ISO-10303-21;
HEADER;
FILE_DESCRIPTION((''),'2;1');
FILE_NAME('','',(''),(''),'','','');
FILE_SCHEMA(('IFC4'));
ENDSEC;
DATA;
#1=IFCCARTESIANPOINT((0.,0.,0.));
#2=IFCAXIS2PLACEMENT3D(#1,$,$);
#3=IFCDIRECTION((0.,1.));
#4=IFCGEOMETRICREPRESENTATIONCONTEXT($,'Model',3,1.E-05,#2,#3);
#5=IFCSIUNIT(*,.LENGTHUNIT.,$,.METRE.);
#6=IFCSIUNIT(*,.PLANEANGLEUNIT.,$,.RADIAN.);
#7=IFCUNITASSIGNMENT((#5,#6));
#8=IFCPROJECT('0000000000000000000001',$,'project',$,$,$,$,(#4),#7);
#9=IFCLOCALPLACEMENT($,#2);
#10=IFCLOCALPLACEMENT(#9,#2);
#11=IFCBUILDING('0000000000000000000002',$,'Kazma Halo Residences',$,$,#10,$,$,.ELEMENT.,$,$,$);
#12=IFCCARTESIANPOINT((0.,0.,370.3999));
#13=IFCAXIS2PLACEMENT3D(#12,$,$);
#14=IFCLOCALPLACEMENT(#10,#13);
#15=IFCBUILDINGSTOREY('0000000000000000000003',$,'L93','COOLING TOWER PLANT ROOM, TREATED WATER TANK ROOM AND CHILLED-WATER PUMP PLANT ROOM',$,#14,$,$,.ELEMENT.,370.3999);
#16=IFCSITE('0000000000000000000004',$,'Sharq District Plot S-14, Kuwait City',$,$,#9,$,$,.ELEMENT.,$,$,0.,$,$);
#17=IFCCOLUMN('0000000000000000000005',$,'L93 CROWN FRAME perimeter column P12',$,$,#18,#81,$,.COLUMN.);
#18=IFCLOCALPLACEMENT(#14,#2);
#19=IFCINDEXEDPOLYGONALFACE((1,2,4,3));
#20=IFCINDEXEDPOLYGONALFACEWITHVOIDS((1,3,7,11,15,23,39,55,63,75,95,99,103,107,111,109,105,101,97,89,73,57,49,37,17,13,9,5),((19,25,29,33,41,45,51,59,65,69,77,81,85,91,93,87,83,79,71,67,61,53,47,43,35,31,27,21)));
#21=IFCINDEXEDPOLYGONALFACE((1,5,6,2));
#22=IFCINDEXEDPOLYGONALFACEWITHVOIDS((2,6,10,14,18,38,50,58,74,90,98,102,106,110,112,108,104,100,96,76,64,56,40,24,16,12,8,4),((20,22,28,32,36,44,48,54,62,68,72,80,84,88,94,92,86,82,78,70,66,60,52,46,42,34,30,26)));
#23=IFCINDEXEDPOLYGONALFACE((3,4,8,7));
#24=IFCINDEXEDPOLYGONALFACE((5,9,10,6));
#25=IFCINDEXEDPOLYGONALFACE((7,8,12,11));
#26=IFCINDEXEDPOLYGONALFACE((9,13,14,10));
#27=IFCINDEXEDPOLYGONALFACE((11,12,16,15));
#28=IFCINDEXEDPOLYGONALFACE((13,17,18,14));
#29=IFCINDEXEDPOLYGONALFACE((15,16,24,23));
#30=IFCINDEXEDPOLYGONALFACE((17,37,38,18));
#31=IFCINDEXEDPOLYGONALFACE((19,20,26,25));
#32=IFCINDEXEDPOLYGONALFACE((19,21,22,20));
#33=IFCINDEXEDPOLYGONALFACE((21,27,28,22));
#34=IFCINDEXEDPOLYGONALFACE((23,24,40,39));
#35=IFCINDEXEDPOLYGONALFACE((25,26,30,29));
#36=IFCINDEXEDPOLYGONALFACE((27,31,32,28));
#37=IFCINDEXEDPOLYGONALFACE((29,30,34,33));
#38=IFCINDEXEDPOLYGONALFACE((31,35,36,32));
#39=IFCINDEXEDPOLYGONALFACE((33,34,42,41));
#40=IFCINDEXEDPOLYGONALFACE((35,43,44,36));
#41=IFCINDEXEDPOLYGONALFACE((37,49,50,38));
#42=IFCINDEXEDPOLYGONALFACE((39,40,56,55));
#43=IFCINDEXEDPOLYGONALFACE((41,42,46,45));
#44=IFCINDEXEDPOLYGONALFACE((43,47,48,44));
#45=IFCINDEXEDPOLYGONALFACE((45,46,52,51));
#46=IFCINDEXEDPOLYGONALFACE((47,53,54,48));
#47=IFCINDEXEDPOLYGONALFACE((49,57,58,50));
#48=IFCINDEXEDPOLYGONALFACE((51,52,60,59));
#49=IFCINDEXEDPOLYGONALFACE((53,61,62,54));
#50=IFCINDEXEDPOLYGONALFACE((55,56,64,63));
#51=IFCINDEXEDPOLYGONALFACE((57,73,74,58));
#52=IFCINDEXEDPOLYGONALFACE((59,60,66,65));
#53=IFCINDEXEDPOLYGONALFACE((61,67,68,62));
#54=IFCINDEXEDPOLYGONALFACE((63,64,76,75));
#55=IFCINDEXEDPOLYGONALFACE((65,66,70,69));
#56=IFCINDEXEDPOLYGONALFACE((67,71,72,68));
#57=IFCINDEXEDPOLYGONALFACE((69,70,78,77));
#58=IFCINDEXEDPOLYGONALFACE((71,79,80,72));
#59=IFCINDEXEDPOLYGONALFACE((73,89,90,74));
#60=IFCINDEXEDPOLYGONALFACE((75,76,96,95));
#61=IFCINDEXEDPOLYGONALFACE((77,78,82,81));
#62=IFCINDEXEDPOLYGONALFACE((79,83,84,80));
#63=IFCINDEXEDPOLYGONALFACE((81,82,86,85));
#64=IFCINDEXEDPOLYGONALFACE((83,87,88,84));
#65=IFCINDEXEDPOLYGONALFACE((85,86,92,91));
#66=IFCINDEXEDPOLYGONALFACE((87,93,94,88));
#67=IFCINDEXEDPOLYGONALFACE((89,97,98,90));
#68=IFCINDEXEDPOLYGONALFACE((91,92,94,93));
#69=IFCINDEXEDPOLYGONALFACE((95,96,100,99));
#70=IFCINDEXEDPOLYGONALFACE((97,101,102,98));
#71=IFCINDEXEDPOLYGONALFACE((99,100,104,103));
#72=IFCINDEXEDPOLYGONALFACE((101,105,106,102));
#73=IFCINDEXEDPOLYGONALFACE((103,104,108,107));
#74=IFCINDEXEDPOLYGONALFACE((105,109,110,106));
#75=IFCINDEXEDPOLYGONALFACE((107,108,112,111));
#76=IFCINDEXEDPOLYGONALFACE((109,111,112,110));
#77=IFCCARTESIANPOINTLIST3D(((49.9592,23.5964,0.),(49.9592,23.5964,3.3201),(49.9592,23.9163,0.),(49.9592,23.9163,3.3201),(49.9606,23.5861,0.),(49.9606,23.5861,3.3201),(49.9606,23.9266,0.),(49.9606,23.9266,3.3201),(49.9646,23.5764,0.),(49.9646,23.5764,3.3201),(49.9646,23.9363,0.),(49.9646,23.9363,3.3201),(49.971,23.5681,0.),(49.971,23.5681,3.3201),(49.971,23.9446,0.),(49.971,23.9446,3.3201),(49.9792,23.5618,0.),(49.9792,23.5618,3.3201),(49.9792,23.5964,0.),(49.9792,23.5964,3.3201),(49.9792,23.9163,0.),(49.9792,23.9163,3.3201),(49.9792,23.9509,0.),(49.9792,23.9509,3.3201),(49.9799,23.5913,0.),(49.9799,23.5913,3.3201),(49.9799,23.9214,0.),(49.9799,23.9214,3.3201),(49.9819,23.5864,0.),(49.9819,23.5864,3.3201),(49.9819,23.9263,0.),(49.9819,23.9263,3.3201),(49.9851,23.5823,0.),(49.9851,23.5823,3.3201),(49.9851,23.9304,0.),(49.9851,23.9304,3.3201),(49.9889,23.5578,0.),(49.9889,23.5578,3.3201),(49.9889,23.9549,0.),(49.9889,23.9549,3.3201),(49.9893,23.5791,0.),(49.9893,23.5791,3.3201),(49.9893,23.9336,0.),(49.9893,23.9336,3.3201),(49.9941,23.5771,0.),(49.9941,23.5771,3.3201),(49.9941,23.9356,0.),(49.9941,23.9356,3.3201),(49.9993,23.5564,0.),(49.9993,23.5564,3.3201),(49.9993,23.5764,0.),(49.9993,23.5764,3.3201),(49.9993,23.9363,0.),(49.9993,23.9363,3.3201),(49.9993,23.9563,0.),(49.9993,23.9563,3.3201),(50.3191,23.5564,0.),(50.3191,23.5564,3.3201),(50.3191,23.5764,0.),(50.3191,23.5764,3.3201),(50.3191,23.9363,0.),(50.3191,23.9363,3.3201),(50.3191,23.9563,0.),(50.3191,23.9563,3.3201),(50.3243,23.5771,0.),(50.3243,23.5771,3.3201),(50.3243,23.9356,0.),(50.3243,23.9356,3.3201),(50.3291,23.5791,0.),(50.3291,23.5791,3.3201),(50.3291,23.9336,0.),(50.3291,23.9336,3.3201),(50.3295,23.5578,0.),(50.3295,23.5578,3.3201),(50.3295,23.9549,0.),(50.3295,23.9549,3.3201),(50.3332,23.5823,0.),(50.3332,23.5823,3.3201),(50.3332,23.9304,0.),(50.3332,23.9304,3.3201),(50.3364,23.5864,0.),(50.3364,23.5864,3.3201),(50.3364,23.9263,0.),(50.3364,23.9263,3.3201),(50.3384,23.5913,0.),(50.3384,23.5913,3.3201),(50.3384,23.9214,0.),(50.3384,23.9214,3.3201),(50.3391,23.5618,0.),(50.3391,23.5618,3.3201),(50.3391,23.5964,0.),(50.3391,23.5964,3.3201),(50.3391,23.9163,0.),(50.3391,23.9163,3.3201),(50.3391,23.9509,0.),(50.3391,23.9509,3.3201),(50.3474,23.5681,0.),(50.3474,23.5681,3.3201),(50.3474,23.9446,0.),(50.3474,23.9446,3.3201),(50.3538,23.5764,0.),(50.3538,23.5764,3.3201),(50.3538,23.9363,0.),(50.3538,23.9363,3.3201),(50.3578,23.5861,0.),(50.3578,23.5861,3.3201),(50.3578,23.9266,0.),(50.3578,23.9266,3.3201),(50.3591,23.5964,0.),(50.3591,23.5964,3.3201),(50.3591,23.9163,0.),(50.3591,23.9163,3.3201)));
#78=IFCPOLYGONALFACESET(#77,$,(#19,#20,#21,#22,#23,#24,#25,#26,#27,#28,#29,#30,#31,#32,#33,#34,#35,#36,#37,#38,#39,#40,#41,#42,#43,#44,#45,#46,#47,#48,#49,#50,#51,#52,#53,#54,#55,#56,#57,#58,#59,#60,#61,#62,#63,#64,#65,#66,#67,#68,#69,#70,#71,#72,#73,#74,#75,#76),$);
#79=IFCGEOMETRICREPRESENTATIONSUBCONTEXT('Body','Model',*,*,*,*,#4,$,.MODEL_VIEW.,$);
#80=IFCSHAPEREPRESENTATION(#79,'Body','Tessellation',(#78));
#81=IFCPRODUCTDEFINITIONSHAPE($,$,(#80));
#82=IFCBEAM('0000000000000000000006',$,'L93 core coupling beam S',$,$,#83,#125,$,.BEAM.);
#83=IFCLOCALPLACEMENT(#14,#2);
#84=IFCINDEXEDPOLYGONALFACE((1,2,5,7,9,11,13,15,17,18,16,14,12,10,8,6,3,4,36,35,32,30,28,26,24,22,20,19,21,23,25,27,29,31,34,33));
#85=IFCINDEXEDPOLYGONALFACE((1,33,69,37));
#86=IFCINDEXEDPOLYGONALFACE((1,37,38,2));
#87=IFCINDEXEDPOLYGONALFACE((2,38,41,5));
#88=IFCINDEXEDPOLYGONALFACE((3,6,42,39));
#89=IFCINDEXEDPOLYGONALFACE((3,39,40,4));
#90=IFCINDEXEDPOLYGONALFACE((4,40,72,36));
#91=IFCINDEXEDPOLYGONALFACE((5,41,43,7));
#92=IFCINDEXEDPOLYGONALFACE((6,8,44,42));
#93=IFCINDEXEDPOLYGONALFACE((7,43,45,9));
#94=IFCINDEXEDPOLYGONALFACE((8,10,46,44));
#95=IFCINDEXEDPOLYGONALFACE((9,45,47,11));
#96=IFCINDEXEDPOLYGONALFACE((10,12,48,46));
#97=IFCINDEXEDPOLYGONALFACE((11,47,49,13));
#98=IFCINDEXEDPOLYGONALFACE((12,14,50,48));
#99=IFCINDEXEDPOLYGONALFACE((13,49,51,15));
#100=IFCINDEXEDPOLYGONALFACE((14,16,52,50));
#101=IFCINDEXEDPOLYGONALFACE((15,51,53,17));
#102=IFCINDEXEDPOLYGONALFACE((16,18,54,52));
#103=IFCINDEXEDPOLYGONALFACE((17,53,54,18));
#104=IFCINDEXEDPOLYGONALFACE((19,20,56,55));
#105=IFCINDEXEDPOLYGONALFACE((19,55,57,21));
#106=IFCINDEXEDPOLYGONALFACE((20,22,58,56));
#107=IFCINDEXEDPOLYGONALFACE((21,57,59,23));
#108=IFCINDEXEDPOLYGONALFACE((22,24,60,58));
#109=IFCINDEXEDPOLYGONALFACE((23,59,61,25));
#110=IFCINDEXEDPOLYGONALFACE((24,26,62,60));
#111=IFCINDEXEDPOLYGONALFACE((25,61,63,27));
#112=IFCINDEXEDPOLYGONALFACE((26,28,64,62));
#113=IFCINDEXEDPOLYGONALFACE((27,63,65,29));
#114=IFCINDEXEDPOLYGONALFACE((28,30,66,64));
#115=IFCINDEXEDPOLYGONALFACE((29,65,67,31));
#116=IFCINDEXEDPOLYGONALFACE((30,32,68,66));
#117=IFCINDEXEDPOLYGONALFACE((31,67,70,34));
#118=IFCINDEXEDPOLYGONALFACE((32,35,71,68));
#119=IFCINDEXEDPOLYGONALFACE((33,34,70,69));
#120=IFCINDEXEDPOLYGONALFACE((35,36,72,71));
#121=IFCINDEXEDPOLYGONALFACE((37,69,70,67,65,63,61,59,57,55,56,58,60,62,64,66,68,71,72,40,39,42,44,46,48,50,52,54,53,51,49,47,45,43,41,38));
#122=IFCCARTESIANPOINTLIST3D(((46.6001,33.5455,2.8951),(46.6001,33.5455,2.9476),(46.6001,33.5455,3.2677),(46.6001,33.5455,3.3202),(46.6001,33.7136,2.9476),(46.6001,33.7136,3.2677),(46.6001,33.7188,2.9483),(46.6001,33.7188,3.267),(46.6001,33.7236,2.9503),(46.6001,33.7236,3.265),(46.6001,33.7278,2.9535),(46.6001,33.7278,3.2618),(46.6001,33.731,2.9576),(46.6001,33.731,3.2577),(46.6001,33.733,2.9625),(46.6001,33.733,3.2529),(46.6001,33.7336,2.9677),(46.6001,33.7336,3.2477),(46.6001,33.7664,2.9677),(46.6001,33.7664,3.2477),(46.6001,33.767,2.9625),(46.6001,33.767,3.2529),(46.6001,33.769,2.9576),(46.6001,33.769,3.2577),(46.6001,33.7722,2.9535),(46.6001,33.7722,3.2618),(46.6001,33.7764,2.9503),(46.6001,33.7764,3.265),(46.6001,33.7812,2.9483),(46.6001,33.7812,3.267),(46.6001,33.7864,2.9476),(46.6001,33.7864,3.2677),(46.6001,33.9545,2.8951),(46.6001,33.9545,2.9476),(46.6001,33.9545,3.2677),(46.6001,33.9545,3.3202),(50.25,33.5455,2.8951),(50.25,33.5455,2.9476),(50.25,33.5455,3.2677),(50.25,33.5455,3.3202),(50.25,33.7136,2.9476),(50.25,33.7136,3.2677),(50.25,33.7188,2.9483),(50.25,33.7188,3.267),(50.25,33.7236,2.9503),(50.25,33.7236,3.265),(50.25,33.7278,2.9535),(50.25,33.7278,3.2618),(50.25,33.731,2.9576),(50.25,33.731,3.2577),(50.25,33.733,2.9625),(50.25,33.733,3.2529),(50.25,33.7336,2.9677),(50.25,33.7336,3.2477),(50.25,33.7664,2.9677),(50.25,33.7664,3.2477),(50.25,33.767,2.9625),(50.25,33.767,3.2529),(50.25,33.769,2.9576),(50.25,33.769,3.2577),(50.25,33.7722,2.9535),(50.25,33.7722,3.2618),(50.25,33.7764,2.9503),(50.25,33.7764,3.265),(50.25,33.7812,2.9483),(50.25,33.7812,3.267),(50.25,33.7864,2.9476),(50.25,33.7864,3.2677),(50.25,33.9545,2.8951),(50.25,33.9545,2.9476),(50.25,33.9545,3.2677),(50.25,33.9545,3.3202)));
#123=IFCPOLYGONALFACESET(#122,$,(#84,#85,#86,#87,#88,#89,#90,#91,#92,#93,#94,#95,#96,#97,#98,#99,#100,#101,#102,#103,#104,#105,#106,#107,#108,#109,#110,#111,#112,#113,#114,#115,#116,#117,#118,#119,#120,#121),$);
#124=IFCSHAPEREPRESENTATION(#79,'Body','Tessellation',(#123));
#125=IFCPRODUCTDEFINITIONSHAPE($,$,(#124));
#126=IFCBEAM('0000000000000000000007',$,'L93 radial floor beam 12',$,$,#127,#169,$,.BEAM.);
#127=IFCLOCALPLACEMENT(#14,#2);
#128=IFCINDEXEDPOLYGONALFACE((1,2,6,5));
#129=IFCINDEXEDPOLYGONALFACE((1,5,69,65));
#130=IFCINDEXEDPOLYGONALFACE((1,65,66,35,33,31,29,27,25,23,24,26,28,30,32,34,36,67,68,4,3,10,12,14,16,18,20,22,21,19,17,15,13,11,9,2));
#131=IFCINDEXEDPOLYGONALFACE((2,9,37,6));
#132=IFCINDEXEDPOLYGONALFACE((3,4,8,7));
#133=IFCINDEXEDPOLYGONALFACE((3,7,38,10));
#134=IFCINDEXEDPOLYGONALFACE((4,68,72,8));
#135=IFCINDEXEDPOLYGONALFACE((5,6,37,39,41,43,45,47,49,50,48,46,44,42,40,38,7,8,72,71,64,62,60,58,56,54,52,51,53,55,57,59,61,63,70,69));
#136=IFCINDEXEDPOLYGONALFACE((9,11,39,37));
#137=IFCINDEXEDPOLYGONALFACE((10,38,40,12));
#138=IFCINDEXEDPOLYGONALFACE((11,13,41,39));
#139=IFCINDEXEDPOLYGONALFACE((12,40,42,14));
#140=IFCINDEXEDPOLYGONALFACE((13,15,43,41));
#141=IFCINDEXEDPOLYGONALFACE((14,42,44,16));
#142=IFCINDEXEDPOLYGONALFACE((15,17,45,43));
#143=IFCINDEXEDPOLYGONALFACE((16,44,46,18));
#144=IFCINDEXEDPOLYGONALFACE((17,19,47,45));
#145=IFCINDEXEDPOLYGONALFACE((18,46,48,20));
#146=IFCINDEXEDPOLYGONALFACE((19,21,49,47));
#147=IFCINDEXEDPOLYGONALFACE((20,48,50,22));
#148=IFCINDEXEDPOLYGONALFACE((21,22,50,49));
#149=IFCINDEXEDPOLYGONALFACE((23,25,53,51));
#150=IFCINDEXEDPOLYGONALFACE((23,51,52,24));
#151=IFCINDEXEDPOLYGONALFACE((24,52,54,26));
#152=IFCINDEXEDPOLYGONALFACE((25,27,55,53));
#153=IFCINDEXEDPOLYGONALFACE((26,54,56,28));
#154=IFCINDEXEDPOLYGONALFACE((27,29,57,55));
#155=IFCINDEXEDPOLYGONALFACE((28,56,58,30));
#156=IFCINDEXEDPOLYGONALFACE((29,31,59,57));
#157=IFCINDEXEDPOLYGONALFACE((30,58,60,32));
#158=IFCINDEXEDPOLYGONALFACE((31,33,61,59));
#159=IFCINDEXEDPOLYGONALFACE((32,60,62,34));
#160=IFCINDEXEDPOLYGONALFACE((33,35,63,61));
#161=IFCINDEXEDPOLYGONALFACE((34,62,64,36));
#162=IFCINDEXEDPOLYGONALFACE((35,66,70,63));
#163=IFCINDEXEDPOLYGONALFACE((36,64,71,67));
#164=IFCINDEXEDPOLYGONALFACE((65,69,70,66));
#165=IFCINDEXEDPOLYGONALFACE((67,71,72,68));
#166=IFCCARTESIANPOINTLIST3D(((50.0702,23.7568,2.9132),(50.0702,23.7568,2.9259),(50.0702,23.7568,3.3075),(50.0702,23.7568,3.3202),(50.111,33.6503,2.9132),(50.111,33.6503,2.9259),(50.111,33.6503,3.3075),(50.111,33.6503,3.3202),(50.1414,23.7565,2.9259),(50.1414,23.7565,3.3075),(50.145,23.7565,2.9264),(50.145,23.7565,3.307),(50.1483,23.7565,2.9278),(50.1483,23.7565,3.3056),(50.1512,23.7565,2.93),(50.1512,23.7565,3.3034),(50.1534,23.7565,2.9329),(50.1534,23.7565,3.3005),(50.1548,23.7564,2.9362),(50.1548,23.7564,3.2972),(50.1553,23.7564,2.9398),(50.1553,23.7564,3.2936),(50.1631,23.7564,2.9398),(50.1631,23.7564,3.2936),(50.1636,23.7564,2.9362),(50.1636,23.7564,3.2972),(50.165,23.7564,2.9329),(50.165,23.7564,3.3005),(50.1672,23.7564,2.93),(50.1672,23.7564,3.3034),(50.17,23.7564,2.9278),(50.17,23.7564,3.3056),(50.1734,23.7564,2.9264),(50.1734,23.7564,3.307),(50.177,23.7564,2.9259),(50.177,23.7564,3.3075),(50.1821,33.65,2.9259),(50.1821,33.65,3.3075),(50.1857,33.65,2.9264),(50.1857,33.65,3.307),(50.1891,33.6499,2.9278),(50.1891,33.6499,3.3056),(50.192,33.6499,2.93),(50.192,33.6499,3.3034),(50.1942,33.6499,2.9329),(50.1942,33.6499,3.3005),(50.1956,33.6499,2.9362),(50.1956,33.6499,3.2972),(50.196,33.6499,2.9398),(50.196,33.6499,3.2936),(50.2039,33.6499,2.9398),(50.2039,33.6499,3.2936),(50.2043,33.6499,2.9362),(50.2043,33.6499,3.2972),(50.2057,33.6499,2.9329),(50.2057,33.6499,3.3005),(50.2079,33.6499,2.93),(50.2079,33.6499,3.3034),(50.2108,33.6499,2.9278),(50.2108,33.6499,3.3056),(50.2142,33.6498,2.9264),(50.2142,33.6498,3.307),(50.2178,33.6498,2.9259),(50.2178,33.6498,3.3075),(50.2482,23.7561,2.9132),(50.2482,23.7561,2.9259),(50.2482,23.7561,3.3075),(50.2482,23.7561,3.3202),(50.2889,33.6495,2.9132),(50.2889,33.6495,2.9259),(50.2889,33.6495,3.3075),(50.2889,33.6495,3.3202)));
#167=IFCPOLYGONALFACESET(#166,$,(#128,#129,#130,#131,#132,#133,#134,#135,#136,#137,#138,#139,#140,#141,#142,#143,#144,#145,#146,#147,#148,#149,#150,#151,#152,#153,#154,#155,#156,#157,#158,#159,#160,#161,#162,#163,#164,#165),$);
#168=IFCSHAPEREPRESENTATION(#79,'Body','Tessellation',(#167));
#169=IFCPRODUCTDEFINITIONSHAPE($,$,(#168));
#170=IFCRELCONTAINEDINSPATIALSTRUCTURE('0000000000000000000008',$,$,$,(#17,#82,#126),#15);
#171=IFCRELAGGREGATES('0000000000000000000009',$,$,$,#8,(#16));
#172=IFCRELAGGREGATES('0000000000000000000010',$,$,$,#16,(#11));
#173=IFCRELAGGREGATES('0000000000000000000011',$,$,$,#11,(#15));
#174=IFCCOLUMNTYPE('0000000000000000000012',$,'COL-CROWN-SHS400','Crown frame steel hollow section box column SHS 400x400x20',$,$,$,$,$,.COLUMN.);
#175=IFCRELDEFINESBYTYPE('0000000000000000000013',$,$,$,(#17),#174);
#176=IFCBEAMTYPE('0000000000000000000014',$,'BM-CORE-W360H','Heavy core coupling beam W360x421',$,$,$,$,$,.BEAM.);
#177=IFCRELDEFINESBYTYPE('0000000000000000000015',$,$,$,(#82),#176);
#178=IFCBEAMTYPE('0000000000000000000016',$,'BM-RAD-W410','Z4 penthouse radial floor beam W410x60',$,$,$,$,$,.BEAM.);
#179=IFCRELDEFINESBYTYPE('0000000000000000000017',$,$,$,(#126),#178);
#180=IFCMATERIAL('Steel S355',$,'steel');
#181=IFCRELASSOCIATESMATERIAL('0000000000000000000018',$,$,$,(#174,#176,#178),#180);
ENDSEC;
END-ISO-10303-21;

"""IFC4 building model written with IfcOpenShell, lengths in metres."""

from ifc_helpers import new_model, si_unit, direction, frame, origin, origin_2d, place, context, subcontext, project, spatial, hollow_rectangle, i_section, extrude, material, material_profile, profile_set, type_object, element, save


model = new_model("IFC4")

# Units and contexts
model_context = context("Model", 3, precision=1e-05, world=origin(), true_north=direction((0.0, 1.0)))
body_context = subcontext(model_context, "Body", "Model", "MODEL_VIEW")
ifc_project = project(units=[si_unit("LENGTHUNIT", "METRE"), si_unit("PLANEANGLEUNIT", "RADIAN")], contexts=[model_context])

# Site, building, storey
site_placement = place(None, origin())
site = spatial("IfcSite", under=ifc_project, at=site_placement, Name="Sharq District Plot S-14, Kuwait City", CompositionType="ELEMENT", RefElevation=0.0)
building_placement = place(site_placement, origin())
building = spatial("IfcBuilding", under=site, at=building_placement, Name="Kazma Halo Residences", CompositionType="ELEMENT")
storey_placement = place(building_placement, frame((0.0, 0.0, 370.3999)))
storey = spatial("IfcBuildingStorey", under=building, at=storey_placement, Name="L93", Description="COOLING TOWER PLANT ROOM, TREATED WATER TANK ROOM AND CHILLED-WATER PUMP PLANT ROOM", CompositionType="ELEMENT", Elevation=370.3999)

# Column
ifc_material_1 = material(Name="Steel S355", Category="steel")
ifc_material_profile_1 = material_profile(ifc_material_1, hollow_rectangle(XDim=0.3999, YDim=0.3999, WallThickness=0.02, InnerFilletRadius=0.02, OuterFilletRadius=0.04, at=origin_2d()), Name="SHS400x400x20")
ifc_profile_set_1 = profile_set([ifc_material_profile_1], Name="Steel S355")
column_type = type_object("IfcColumnType", Name="COL-CROWN-SHS400", Description="Crown frame steel hollow section box column SHS 400x400x20", PredefinedType="COLUMN", material=ifc_profile_set_1)
column_placement = place(storey_placement, frame((50.1592, 23.7563, 0.0), z_axis=(0.0, 0.0, 1.0), x_axis=(1.0, 0.0, 0.0)))
element("IfcColumn", 1, at=column_placement, inside=storey, type_object=column_type, Name="L93 CROWN FRAME perimeter column P12", PredefinedType="COLUMN", context=body_context, shape_type="SweptSolid", body=[
    extrude(hollow_rectangle(XDim=0.3999, YDim=0.3999, WallThickness=0.02, InnerFilletRadius=0.02, OuterFilletRadius=0.04, at=origin_2d()), origin(), (0.0, 0.0, 1.0), 3.3201),
])

# Beams
ifc_material_profile_2 = material_profile(ifc_material_1, i_section(OverallWidth=0.4089, OverallDepth=0.425, WebThickness=0.0327, FlangeThickness=0.0525, FilletRadius=0.02, at=origin_2d()), Name="W360x421")
ifc_profile_set_2 = profile_set([ifc_material_profile_2], Name="Steel S355")
beam_type_1 = type_object("IfcBeamType", Name="BM-CORE-W360H", Description="Heavy core coupling beam W360x421", PredefinedType="BEAM", material=ifc_profile_set_2)
beam_1_placement = place(storey_placement, frame((46.6001, 33.75, 3.1077), z_axis=(1.0, 0.0, 0.0), x_axis=(0.0, 1.0, 0.0)))
element("IfcBeam", 2, at=beam_1_placement, inside=storey, type_object=beam_type_1, Name="L93 core coupling beam S", PredefinedType="BEAM", context=body_context, shape_type="SweptSolid", body=[
    extrude(i_section(OverallWidth=0.4089, OverallDepth=0.425, WebThickness=0.0327, FlangeThickness=0.0525, FilletRadius=0.02, at=origin_2d()), origin(), (0.0, 0.0, 1.0), 3.6499),
])
ifc_material_profile_3 = material_profile(ifc_material_1, i_section(OverallWidth=0.178, OverallDepth=0.407, WebThickness=0.0078, FlangeThickness=0.0127, FilletRadius=0.0139, at=origin_2d()), Name="W410x60")
ifc_profile_set_3 = profile_set([ifc_material_profile_3], Name="Steel S355")
beam_type_2 = type_object("IfcBeamType", Name="BM-RAD-W410", Description="Z4 penthouse radial floor beam W410x60", PredefinedType="BEAM", material=ifc_profile_set_3)
beam_2_placement = place(storey_placement, frame((50.2, 33.6499, 3.1167), z_axis=(-0.004121, -0.999992, 0.0), x_axis=(0.999992, -0.004121, 0.0)))
element("IfcBeam", 3, at=beam_2_placement, inside=storey, type_object=beam_type_2, Name="L93 radial floor beam 12", PredefinedType="BEAM", context=body_context, shape_type="SweptSolid", body=[
    extrude(i_section(OverallWidth=0.178, OverallDepth=0.407, WebThickness=0.0078, FlangeThickness=0.0127, FilletRadius=0.0139, at=origin_2d()), origin(), (0.0, 0.0, 1.0), 9.8936),
])

save(model, "model.ifc")
